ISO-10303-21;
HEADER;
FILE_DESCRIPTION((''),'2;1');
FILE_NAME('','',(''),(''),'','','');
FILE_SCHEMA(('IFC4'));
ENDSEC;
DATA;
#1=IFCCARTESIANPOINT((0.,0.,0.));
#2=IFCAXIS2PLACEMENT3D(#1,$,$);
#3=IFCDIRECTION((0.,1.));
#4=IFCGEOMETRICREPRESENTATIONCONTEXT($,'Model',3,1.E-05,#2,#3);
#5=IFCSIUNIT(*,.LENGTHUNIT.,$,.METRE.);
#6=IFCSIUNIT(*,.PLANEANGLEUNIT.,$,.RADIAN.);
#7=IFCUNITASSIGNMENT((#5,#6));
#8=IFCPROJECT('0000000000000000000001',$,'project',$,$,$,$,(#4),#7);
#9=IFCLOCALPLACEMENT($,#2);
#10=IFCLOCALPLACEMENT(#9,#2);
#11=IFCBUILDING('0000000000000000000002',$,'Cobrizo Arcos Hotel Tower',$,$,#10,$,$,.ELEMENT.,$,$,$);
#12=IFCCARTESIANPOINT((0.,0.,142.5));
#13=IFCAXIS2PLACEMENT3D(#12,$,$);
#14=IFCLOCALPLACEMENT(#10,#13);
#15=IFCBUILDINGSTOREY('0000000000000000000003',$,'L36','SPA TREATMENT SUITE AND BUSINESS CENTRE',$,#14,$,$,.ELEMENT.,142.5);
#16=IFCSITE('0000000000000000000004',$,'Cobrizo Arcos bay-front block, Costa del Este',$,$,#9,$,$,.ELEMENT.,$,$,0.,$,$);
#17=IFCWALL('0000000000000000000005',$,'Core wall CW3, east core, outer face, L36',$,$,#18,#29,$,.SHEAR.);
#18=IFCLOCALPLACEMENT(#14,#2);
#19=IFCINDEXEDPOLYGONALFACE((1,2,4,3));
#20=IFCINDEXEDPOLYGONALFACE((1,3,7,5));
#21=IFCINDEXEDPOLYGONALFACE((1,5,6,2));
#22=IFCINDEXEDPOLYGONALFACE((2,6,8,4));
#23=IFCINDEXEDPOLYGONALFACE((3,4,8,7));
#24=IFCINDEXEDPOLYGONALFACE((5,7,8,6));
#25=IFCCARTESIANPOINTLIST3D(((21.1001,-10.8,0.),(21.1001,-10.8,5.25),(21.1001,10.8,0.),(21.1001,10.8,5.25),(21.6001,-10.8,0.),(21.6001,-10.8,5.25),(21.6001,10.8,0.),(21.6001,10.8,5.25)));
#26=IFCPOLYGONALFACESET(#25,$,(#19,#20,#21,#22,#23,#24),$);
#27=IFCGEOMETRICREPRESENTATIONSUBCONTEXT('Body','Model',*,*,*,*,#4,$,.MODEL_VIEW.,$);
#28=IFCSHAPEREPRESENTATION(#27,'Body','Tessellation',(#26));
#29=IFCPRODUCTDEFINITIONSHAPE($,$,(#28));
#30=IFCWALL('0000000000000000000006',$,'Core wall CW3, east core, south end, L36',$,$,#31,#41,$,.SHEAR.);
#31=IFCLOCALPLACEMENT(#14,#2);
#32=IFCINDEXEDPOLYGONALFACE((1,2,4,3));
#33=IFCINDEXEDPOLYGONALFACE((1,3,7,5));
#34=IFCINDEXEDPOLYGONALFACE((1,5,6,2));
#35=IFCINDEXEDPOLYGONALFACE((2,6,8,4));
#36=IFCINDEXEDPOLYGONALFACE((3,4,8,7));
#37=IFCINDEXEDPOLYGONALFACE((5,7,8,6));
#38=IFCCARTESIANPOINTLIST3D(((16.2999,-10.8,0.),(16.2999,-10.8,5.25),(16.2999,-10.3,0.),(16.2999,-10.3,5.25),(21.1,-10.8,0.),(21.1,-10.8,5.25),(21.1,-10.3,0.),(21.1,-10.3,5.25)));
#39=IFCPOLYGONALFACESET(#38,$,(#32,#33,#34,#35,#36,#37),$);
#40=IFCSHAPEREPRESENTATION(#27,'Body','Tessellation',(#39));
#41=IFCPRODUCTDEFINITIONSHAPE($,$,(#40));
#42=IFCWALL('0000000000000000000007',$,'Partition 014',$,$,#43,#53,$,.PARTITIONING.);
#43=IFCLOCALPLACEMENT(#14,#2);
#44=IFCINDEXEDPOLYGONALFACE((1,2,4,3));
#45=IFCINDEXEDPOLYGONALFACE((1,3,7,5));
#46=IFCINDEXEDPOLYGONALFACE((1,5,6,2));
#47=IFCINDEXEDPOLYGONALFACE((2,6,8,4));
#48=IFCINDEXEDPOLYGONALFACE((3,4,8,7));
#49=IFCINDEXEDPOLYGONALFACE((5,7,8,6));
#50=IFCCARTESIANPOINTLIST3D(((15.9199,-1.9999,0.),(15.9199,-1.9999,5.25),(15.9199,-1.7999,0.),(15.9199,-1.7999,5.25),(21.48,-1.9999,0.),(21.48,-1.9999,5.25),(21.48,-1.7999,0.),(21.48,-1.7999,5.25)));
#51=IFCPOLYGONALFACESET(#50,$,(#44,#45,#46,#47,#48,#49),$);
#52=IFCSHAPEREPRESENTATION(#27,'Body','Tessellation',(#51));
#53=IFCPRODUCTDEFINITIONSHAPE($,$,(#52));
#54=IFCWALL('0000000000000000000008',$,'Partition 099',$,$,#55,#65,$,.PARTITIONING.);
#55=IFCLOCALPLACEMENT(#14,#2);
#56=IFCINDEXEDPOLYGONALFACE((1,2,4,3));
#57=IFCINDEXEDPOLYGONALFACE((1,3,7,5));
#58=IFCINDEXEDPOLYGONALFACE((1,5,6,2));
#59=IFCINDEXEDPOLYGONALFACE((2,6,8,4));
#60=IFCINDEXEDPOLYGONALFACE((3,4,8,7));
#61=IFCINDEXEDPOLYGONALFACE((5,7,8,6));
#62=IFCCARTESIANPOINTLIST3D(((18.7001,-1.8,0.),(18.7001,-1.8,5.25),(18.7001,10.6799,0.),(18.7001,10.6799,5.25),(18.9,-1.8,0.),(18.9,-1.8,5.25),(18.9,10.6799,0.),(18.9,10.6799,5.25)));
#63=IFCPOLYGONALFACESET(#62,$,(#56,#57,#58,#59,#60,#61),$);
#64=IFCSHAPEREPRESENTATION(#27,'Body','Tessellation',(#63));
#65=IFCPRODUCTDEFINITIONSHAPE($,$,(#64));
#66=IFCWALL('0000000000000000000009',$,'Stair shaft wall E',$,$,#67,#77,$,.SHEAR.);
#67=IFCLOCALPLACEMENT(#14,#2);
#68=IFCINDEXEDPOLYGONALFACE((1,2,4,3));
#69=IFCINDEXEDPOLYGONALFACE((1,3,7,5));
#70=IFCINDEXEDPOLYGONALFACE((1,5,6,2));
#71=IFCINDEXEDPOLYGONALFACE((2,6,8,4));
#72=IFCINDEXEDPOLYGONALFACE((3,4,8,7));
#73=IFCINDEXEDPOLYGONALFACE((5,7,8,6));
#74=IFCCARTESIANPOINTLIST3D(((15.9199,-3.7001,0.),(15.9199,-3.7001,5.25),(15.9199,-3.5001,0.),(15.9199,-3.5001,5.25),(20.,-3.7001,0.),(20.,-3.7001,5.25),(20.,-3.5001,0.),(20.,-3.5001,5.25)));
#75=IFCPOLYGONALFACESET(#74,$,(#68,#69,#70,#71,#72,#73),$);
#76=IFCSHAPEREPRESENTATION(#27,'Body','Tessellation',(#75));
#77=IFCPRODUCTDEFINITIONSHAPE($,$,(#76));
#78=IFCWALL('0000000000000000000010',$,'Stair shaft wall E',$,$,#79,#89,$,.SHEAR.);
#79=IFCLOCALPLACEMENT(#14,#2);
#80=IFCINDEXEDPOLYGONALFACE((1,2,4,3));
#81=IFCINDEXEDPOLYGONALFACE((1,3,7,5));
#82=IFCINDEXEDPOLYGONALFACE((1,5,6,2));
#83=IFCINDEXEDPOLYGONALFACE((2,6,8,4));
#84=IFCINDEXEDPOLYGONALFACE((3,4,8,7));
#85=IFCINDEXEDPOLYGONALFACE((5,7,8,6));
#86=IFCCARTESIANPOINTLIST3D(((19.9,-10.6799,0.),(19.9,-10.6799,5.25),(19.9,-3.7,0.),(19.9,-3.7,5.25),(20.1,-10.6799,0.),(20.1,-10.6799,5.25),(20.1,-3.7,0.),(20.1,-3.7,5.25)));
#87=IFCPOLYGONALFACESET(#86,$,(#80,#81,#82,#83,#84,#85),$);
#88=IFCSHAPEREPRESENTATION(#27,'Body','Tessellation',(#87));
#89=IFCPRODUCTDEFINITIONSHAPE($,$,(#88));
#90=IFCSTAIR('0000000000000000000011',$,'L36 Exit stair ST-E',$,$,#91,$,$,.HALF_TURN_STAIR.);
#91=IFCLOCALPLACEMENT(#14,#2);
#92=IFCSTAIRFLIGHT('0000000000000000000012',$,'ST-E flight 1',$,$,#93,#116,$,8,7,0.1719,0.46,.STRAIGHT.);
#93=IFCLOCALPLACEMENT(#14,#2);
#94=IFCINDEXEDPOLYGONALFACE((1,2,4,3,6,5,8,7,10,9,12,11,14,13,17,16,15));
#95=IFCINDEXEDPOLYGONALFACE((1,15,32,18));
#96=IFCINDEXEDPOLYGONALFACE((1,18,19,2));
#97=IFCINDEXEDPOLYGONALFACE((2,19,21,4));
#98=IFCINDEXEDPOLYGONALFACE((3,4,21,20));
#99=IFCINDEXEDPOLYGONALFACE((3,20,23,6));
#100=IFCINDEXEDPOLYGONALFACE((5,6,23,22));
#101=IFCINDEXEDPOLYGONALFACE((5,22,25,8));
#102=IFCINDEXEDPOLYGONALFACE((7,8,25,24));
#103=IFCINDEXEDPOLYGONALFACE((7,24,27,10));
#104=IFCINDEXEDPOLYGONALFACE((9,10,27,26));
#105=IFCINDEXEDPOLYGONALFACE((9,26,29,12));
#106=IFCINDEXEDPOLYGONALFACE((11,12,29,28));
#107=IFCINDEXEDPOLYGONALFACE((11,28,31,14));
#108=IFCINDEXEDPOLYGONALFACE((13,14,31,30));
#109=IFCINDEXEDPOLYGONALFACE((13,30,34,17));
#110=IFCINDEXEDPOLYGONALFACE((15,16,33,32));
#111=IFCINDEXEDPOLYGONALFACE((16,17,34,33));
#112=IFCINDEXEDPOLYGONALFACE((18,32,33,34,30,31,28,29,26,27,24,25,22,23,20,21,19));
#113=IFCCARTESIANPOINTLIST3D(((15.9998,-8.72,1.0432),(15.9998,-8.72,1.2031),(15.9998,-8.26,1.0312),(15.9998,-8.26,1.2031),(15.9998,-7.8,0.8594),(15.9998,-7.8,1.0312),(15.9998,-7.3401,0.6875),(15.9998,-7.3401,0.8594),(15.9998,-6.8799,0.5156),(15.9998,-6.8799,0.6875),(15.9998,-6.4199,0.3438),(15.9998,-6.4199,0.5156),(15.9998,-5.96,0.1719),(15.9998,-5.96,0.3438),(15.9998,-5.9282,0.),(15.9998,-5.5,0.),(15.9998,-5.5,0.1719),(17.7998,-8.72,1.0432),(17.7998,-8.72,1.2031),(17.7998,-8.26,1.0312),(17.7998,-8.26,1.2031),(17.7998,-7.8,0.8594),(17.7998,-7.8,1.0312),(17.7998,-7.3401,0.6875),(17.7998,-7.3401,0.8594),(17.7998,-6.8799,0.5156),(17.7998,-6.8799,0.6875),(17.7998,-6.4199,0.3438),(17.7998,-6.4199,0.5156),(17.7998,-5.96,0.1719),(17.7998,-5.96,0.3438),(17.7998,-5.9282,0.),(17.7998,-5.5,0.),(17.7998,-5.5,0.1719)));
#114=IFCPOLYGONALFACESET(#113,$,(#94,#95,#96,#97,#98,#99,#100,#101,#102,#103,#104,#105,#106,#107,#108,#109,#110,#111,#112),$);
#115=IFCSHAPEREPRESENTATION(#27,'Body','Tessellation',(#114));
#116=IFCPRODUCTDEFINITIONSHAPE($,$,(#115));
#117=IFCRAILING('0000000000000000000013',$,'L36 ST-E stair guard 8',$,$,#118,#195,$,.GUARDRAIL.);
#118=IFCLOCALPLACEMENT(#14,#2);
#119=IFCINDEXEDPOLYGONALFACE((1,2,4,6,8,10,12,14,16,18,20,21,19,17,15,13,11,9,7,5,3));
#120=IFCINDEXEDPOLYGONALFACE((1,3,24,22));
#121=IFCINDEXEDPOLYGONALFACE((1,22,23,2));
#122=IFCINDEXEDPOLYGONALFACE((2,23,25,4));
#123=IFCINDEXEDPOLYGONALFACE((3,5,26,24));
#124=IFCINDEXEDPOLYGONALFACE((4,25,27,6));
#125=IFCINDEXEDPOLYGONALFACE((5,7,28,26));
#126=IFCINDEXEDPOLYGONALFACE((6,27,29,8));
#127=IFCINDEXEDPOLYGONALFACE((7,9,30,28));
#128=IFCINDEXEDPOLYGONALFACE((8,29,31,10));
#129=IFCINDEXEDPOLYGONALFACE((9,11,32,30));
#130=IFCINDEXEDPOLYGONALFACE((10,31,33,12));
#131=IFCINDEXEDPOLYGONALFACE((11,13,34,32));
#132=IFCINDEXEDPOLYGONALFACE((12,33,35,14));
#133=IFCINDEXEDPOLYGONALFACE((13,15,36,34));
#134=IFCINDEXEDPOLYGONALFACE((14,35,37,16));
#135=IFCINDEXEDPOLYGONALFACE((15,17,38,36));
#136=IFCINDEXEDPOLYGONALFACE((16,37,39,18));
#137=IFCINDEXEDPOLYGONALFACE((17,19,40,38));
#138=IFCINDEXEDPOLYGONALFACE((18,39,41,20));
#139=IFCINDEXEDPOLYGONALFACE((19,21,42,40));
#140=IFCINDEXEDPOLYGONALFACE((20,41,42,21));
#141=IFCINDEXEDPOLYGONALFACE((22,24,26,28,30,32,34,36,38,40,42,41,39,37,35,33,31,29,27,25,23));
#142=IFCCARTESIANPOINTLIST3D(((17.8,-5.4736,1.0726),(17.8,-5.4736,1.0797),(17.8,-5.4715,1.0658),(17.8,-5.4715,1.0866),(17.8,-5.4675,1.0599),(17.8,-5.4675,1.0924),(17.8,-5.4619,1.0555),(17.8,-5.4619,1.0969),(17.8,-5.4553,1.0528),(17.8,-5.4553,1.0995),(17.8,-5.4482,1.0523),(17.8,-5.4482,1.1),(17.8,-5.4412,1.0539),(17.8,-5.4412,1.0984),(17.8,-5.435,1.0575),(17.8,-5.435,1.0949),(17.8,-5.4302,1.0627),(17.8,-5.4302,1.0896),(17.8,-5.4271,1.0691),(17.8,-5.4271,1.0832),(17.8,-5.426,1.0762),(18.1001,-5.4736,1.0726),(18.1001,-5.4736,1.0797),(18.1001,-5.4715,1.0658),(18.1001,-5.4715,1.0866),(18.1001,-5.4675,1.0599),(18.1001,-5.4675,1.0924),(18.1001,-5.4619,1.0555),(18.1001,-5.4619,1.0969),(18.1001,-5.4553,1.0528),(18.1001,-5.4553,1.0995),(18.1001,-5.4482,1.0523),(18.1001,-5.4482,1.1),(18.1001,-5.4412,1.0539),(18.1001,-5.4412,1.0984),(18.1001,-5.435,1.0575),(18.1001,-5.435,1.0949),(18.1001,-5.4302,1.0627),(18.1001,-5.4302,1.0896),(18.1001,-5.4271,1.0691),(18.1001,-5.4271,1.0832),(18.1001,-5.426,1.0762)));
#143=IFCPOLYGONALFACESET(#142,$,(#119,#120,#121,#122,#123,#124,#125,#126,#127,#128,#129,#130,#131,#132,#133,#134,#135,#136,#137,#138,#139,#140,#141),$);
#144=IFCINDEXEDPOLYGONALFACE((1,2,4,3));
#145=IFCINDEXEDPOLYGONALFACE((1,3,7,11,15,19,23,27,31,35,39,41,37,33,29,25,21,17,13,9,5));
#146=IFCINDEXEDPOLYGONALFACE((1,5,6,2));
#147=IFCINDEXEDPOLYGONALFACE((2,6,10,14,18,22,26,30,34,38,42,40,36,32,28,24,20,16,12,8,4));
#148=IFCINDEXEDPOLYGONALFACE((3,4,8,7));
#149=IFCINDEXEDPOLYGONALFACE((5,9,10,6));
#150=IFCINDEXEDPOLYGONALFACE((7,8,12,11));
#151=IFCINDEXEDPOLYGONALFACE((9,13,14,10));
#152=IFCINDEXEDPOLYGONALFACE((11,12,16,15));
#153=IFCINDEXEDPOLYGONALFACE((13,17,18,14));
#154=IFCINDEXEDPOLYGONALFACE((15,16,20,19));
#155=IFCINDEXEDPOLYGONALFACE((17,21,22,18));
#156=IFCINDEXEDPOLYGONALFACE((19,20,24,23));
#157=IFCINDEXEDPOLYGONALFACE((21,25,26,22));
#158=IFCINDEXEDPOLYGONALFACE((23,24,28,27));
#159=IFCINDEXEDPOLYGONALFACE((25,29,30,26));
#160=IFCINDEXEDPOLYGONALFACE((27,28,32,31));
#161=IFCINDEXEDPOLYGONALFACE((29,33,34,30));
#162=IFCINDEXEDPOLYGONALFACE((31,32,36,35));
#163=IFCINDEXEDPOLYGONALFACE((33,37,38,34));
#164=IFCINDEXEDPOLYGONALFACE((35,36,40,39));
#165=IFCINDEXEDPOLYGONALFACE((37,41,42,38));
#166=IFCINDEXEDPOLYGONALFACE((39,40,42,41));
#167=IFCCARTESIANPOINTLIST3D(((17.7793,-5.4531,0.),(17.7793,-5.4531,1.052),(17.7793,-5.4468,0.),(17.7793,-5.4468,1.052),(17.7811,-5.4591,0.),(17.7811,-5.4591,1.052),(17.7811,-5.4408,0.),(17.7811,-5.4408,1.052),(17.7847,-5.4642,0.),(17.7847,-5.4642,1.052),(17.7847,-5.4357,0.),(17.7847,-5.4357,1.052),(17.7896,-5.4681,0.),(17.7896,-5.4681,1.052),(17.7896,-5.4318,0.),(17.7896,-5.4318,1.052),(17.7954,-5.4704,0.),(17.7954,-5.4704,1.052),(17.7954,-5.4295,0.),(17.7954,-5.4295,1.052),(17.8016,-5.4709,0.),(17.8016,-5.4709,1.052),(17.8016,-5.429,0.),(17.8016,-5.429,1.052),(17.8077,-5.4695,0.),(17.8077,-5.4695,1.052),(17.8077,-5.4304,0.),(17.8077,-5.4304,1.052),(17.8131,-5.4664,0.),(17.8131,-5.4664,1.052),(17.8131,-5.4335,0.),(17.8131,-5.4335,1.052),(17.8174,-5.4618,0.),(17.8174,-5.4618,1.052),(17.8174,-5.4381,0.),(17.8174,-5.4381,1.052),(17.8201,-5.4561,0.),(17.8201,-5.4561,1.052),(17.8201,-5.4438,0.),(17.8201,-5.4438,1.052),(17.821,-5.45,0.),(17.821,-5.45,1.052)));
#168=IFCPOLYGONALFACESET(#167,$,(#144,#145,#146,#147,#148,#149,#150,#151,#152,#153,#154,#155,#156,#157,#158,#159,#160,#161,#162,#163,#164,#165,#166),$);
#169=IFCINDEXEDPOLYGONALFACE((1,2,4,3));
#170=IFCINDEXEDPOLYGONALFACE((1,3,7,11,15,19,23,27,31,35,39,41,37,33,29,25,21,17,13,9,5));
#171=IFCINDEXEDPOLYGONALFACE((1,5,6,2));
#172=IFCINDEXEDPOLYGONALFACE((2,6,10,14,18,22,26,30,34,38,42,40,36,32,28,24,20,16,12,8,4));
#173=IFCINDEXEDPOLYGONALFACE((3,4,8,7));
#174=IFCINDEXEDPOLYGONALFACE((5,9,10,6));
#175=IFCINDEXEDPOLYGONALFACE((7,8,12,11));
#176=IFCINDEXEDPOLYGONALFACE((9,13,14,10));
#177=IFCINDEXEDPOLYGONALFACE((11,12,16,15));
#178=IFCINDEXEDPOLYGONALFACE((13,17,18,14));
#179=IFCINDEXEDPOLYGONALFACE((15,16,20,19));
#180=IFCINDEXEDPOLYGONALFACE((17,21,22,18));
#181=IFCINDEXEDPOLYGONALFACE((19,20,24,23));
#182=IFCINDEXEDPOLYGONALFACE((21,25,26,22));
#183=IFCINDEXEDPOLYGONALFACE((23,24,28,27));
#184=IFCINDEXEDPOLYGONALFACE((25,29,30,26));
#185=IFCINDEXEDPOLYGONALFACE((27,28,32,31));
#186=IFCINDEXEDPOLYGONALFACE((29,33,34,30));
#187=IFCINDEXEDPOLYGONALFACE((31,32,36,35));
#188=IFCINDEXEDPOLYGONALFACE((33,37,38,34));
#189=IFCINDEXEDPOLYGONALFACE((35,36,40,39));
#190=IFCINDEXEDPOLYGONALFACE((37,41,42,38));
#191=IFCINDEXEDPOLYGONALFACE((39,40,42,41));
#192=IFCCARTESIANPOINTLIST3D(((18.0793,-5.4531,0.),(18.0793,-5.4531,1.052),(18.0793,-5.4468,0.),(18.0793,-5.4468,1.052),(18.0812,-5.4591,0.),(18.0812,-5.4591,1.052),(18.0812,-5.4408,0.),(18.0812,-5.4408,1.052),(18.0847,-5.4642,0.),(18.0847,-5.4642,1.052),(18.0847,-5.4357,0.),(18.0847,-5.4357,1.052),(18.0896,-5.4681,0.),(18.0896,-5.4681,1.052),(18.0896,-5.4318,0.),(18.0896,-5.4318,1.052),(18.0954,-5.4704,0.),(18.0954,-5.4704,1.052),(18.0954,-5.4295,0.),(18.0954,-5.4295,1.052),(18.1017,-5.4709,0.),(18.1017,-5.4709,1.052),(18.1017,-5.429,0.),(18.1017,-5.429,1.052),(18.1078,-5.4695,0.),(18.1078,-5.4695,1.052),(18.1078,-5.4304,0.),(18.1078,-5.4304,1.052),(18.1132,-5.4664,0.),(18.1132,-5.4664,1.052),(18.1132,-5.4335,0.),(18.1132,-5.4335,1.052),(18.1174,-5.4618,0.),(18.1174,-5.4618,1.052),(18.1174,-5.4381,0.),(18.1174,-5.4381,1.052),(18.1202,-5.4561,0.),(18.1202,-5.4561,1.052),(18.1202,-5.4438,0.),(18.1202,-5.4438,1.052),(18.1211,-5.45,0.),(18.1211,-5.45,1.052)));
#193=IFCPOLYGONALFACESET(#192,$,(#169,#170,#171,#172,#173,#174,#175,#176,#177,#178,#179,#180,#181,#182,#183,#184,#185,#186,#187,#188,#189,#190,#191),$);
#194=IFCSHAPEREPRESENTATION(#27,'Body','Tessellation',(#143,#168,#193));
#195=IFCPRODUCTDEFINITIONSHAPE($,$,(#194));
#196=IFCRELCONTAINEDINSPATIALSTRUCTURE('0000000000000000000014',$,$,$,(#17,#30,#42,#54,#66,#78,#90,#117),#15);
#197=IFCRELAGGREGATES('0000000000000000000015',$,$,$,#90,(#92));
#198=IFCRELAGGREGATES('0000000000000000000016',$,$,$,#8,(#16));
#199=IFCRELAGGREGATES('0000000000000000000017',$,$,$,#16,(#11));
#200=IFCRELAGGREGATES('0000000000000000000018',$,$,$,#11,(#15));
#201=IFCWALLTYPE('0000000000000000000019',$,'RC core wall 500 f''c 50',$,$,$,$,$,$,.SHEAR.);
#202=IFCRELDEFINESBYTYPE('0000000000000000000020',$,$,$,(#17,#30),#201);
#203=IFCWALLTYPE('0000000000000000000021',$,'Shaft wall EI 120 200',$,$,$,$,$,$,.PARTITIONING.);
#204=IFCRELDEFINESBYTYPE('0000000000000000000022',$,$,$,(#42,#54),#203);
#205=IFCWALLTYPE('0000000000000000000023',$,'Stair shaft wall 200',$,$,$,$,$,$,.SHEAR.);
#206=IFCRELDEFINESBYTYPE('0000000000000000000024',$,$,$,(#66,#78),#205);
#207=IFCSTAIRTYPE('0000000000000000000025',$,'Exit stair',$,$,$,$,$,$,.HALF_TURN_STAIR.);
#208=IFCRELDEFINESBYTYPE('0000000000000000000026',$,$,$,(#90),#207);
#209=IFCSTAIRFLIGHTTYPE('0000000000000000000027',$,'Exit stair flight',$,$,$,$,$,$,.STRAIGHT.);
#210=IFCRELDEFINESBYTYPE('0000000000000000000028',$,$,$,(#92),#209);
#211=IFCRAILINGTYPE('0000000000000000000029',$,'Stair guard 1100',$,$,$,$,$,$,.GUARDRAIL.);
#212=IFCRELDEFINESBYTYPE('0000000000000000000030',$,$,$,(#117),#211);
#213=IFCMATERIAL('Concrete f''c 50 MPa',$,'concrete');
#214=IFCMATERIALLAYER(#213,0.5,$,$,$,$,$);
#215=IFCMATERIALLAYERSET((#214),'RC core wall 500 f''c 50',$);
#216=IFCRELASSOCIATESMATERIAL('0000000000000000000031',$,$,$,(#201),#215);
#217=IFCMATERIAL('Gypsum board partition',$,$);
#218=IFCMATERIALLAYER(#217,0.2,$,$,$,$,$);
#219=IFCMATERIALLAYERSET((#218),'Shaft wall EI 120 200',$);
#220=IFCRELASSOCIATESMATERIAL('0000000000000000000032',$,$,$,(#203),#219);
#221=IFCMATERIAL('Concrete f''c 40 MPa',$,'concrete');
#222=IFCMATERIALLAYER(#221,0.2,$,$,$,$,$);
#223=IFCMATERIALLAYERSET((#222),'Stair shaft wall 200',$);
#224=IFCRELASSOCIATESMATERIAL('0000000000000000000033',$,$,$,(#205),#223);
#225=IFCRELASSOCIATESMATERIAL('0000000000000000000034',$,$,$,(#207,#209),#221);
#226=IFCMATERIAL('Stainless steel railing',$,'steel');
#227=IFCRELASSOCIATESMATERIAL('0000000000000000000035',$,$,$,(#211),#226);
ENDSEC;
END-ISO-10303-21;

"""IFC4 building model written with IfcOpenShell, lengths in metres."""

from ifc_helpers import new_model, si_unit, direction, frame, frame_2d, origin, origin_2d, place, context, subcontext, project, spatial, polyline, rectangle, circle, outline, extrude, material, layer, layer_set, type_object, element, aggregate, save


model = new_model("IFC4")

# Units and contexts
model_context = context("Model", 3, precision=1e-05, world=origin(), true_north=direction((0.0, 1.0)))
body_context = subcontext(model_context, "Body", "Model", "MODEL_VIEW")
ifc_project = project(units=[si_unit("LENGTHUNIT", "METRE"), si_unit("PLANEANGLEUNIT", "RADIAN")], contexts=[model_context])

# Site, building, storey
site_placement = place(None, origin())
site = spatial("IfcSite", under=ifc_project, at=site_placement, Name="Cobrizo Arcos bay-front block, Costa del Este", CompositionType="ELEMENT", RefElevation=0.0)
building_placement = place(site_placement, origin())
building = spatial("IfcBuilding", under=site, at=building_placement, Name="Cobrizo Arcos Hotel Tower", CompositionType="ELEMENT")
storey_placement = place(building_placement, frame((0.0, 0.0, 142.5)))
storey = spatial("IfcBuildingStorey", under=building, at=storey_placement, Name="L36", Description="SPA TREATMENT SUITE AND BUSINESS CENTRE", CompositionType="ELEMENT", Elevation=142.5)

# Shared definitions
ifc_material_1 = material(Name="Gypsum board partition")

# Shared definitions
ifc_material_2 = material(Name="Concrete f'c 50 MPa", Category="concrete")
ifc_layer_1 = layer(ifc_material_2, 0.5)
ifc_layer_set_1 = layer_set([ifc_layer_1], Name="RC core wall 500 f'c 50")
wall_type_1 = type_object("IfcWallType", Name="RC core wall 500 f'c 50", PredefinedType="SHEAR", material=ifc_layer_set_1)

# Walls
wall_1_placement = place(storey_placement, frame((21.3501, -10.8, 0.0), z_axis=(0.0, 0.0, 1.0), x_axis=(0.0, 1.0, 0.0)))
element("IfcWall", 1, at=wall_1_placement, inside=storey, type_object=wall_type_1, Name="Core wall CW3, east core, outer face, L36", PredefinedType="SHEAR", context=body_context, shape_type="SweptSolid", body=[
    extrude(rectangle(XDim=21.6001, YDim=0.5, at=frame_2d((10.8, 0.0))), origin(), (0.0, 0.0, 1.0), 5.25),
])
wall_2_placement = place(storey_placement, frame((16.3, -10.55, 0.0), z_axis=(0.0, 0.0, 1.0), x_axis=(1.0, 0.0, 0.0)))
element("IfcWall", 2, at=wall_2_placement, inside=storey, type_object=wall_type_1, Name="Core wall CW3, east core, south end, L36", PredefinedType="SHEAR", context=body_context, shape_type="SweptSolid", body=[
    extrude(rectangle(XDim=4.8, YDim=0.5, at=frame_2d((2.3999, 0.0))), origin(), (0.0, 0.0, 1.0), 5.25),
])
ifc_layer_2 = layer(ifc_material_1, 0.2)
ifc_layer_set_2 = layer_set([ifc_layer_2], Name="Shaft wall EI 120 200")
wall_type_2 = type_object("IfcWallType", Name="Shaft wall EI 120 200", PredefinedType="PARTITIONING", material=ifc_layer_set_2)
wall_3_placement = place(storey_placement, frame((15.9199, -1.8999, 0.0), z_axis=(0.0, 0.0, 1.0), x_axis=(1.0, 0.0, 0.0)))
element("IfcWall", 3, at=wall_3_placement, inside=storey, type_object=wall_type_2, Name="Partition 014", PredefinedType="PARTITIONING", context=body_context, shape_type="SweptSolid", body=[
    extrude(rectangle(XDim=5.5601, YDim=0.2, at=frame_2d((2.78, 0.0))), origin(), (0.0, 0.0, 1.0), 5.25),
])
wall_4_placement = place(storey_placement, frame((18.8, -1.8, 0.0), z_axis=(0.0, 0.0, 1.0), x_axis=(0.0, 1.0, 0.0)))
element("IfcWall", 4, at=wall_4_placement, inside=storey, type_object=wall_type_2, Name="Partition 099", PredefinedType="PARTITIONING", context=body_context, shape_type="SweptSolid", body=[
    extrude(rectangle(XDim=12.48, YDim=0.2, at=frame_2d((6.24, 0.0))), origin(), (0.0, 0.0, 1.0), 5.25),
])
ifc_material_3 = material(Name="Concrete f'c 40 MPa", Category="concrete")
ifc_layer_3 = layer(ifc_material_3, 0.2)
ifc_layer_set_3 = layer_set([ifc_layer_3], Name="Stair shaft wall 200")
wall_type_3 = type_object("IfcWallType", Name="Stair shaft wall 200", PredefinedType="SHEAR", material=ifc_layer_set_3)
wall_5_placement = place(storey_placement, frame((15.9199, -3.6001, 0.0), z_axis=(0.0, 0.0, 1.0), x_axis=(1.0, 0.0, 0.0)))
element("IfcWall", 5, at=wall_5_placement, inside=storey, type_object=wall_type_3, Name="Stair shaft wall E", PredefinedType="SHEAR", context=body_context, shape_type="SweptSolid", body=[
    extrude(rectangle(XDim=4.0801, YDim=0.2, at=frame_2d((2.04, 0.0))), origin(), (0.0, 0.0, 1.0), 5.25),
])
wall_6_placement = place(storey_placement, frame((20.0, -10.6799, 0.0), z_axis=(0.0, 0.0, 1.0), x_axis=(0.0, 1.0, 0.0)))
element("IfcWall", 6, at=wall_6_placement, inside=storey, type_object=wall_type_3, Name="Stair shaft wall E", PredefinedType="SHEAR", context=body_context, shape_type="SweptSolid", body=[
    extrude(rectangle(XDim=6.98, YDim=0.2, at=frame_2d((3.49, 0.0))), origin(), (0.0, 0.0, 1.0), 5.25),
])

# Stair, stair flight
stair_type = type_object("IfcStairType", Name="Exit stair", PredefinedType="HALF_TURN_STAIR", material=ifc_material_3)
stair_placement = place(storey_placement, origin())
stair = element("IfcStair", 7, at=stair_placement, inside=storey, type_object=stair_type, Name="L36 Exit stair ST-E", PredefinedType="HALF_TURN_STAIR")
stair_flight_type = type_object("IfcStairFlightType", Name="Exit stair flight", PredefinedType="STRAIGHT", material=ifc_material_3)
stair_flight_placement = place(storey_placement, frame((16.8999, -5.5, 0.0), z_axis=(0.0, 0.0, 1.0), x_axis=(0.0, -1.0, 0.0)))
stair_flight = element("IfcStairFlight", 8, at=stair_flight_placement, type_object=stair_flight_type, Name="ST-E flight 1", NumberOfRisers=8, NumberOfTreads=7, PredefinedType="STRAIGHT", RiserHeight=0.1719, TreadLength=0.46, context=body_context, shape_type="SweptSolid", body=[
    extrude(outline(polyline([(0.0, 0.0), (0.0, 0.1719), (0.46, 0.1719), (0.46, 0.3438), (0.9199, 0.3438), (0.9199, 0.5156), (1.3799, 0.5156), (1.3799, 0.6875), (1.8401, 0.6875), (1.8401, 0.8594), (2.3, 0.8594), (2.3, 1.0312), (2.76, 1.0312), (2.76, 1.2031), (3.22, 1.2031), (3.22, 1.375), (3.22, 1.0432), (0.4282, 0.0), (0.0, 0.0)])), frame((0.0, 0.8999, 0.0), z_axis=(0.0, -1.0, 0.0), x_axis=(1.0, 0.0, 0.0)), (0.0, 0.0, 1.0), 1.8),
])
aggregate(stair, [stair_flight])

# Railing
ifc_material_4 = material(Name="Stainless steel railing", Category="steel")
railing_type = type_object("IfcRailingType", Name="Stair guard 1100", PredefinedType="GUARDRAIL", material=ifc_material_4)
railing_placement = place(storey_placement, frame((17.8, -5.45, 0.0)))
element("IfcRailing", 9, at=railing_placement, inside=storey, type_object=railing_type, Name="L36 ST-E stair guard 8", PredefinedType="GUARDRAIL", context=body_context, shape_type="SweptSolid", body=[
    extrude(circle(Radius=0.0239, at=origin_2d()), frame((0.0, 0.0, 1.0762), z_axis=(1.0, 0.0, 0.0), x_axis=(0.0, 1.0, 0.0)), (0.0, 0.0, 1.0), 0.3),
    extrude(circle(Radius=0.021, at=origin_2d()), origin(), (0.0, 0.0, 1.0), 1.052),
    extrude(circle(Radius=0.021, at=origin_2d()), frame((0.3, 0.0, 0.0)), (0.0, 0.0, 1.0), 1.052),
])

save(model, "model.ifc")
